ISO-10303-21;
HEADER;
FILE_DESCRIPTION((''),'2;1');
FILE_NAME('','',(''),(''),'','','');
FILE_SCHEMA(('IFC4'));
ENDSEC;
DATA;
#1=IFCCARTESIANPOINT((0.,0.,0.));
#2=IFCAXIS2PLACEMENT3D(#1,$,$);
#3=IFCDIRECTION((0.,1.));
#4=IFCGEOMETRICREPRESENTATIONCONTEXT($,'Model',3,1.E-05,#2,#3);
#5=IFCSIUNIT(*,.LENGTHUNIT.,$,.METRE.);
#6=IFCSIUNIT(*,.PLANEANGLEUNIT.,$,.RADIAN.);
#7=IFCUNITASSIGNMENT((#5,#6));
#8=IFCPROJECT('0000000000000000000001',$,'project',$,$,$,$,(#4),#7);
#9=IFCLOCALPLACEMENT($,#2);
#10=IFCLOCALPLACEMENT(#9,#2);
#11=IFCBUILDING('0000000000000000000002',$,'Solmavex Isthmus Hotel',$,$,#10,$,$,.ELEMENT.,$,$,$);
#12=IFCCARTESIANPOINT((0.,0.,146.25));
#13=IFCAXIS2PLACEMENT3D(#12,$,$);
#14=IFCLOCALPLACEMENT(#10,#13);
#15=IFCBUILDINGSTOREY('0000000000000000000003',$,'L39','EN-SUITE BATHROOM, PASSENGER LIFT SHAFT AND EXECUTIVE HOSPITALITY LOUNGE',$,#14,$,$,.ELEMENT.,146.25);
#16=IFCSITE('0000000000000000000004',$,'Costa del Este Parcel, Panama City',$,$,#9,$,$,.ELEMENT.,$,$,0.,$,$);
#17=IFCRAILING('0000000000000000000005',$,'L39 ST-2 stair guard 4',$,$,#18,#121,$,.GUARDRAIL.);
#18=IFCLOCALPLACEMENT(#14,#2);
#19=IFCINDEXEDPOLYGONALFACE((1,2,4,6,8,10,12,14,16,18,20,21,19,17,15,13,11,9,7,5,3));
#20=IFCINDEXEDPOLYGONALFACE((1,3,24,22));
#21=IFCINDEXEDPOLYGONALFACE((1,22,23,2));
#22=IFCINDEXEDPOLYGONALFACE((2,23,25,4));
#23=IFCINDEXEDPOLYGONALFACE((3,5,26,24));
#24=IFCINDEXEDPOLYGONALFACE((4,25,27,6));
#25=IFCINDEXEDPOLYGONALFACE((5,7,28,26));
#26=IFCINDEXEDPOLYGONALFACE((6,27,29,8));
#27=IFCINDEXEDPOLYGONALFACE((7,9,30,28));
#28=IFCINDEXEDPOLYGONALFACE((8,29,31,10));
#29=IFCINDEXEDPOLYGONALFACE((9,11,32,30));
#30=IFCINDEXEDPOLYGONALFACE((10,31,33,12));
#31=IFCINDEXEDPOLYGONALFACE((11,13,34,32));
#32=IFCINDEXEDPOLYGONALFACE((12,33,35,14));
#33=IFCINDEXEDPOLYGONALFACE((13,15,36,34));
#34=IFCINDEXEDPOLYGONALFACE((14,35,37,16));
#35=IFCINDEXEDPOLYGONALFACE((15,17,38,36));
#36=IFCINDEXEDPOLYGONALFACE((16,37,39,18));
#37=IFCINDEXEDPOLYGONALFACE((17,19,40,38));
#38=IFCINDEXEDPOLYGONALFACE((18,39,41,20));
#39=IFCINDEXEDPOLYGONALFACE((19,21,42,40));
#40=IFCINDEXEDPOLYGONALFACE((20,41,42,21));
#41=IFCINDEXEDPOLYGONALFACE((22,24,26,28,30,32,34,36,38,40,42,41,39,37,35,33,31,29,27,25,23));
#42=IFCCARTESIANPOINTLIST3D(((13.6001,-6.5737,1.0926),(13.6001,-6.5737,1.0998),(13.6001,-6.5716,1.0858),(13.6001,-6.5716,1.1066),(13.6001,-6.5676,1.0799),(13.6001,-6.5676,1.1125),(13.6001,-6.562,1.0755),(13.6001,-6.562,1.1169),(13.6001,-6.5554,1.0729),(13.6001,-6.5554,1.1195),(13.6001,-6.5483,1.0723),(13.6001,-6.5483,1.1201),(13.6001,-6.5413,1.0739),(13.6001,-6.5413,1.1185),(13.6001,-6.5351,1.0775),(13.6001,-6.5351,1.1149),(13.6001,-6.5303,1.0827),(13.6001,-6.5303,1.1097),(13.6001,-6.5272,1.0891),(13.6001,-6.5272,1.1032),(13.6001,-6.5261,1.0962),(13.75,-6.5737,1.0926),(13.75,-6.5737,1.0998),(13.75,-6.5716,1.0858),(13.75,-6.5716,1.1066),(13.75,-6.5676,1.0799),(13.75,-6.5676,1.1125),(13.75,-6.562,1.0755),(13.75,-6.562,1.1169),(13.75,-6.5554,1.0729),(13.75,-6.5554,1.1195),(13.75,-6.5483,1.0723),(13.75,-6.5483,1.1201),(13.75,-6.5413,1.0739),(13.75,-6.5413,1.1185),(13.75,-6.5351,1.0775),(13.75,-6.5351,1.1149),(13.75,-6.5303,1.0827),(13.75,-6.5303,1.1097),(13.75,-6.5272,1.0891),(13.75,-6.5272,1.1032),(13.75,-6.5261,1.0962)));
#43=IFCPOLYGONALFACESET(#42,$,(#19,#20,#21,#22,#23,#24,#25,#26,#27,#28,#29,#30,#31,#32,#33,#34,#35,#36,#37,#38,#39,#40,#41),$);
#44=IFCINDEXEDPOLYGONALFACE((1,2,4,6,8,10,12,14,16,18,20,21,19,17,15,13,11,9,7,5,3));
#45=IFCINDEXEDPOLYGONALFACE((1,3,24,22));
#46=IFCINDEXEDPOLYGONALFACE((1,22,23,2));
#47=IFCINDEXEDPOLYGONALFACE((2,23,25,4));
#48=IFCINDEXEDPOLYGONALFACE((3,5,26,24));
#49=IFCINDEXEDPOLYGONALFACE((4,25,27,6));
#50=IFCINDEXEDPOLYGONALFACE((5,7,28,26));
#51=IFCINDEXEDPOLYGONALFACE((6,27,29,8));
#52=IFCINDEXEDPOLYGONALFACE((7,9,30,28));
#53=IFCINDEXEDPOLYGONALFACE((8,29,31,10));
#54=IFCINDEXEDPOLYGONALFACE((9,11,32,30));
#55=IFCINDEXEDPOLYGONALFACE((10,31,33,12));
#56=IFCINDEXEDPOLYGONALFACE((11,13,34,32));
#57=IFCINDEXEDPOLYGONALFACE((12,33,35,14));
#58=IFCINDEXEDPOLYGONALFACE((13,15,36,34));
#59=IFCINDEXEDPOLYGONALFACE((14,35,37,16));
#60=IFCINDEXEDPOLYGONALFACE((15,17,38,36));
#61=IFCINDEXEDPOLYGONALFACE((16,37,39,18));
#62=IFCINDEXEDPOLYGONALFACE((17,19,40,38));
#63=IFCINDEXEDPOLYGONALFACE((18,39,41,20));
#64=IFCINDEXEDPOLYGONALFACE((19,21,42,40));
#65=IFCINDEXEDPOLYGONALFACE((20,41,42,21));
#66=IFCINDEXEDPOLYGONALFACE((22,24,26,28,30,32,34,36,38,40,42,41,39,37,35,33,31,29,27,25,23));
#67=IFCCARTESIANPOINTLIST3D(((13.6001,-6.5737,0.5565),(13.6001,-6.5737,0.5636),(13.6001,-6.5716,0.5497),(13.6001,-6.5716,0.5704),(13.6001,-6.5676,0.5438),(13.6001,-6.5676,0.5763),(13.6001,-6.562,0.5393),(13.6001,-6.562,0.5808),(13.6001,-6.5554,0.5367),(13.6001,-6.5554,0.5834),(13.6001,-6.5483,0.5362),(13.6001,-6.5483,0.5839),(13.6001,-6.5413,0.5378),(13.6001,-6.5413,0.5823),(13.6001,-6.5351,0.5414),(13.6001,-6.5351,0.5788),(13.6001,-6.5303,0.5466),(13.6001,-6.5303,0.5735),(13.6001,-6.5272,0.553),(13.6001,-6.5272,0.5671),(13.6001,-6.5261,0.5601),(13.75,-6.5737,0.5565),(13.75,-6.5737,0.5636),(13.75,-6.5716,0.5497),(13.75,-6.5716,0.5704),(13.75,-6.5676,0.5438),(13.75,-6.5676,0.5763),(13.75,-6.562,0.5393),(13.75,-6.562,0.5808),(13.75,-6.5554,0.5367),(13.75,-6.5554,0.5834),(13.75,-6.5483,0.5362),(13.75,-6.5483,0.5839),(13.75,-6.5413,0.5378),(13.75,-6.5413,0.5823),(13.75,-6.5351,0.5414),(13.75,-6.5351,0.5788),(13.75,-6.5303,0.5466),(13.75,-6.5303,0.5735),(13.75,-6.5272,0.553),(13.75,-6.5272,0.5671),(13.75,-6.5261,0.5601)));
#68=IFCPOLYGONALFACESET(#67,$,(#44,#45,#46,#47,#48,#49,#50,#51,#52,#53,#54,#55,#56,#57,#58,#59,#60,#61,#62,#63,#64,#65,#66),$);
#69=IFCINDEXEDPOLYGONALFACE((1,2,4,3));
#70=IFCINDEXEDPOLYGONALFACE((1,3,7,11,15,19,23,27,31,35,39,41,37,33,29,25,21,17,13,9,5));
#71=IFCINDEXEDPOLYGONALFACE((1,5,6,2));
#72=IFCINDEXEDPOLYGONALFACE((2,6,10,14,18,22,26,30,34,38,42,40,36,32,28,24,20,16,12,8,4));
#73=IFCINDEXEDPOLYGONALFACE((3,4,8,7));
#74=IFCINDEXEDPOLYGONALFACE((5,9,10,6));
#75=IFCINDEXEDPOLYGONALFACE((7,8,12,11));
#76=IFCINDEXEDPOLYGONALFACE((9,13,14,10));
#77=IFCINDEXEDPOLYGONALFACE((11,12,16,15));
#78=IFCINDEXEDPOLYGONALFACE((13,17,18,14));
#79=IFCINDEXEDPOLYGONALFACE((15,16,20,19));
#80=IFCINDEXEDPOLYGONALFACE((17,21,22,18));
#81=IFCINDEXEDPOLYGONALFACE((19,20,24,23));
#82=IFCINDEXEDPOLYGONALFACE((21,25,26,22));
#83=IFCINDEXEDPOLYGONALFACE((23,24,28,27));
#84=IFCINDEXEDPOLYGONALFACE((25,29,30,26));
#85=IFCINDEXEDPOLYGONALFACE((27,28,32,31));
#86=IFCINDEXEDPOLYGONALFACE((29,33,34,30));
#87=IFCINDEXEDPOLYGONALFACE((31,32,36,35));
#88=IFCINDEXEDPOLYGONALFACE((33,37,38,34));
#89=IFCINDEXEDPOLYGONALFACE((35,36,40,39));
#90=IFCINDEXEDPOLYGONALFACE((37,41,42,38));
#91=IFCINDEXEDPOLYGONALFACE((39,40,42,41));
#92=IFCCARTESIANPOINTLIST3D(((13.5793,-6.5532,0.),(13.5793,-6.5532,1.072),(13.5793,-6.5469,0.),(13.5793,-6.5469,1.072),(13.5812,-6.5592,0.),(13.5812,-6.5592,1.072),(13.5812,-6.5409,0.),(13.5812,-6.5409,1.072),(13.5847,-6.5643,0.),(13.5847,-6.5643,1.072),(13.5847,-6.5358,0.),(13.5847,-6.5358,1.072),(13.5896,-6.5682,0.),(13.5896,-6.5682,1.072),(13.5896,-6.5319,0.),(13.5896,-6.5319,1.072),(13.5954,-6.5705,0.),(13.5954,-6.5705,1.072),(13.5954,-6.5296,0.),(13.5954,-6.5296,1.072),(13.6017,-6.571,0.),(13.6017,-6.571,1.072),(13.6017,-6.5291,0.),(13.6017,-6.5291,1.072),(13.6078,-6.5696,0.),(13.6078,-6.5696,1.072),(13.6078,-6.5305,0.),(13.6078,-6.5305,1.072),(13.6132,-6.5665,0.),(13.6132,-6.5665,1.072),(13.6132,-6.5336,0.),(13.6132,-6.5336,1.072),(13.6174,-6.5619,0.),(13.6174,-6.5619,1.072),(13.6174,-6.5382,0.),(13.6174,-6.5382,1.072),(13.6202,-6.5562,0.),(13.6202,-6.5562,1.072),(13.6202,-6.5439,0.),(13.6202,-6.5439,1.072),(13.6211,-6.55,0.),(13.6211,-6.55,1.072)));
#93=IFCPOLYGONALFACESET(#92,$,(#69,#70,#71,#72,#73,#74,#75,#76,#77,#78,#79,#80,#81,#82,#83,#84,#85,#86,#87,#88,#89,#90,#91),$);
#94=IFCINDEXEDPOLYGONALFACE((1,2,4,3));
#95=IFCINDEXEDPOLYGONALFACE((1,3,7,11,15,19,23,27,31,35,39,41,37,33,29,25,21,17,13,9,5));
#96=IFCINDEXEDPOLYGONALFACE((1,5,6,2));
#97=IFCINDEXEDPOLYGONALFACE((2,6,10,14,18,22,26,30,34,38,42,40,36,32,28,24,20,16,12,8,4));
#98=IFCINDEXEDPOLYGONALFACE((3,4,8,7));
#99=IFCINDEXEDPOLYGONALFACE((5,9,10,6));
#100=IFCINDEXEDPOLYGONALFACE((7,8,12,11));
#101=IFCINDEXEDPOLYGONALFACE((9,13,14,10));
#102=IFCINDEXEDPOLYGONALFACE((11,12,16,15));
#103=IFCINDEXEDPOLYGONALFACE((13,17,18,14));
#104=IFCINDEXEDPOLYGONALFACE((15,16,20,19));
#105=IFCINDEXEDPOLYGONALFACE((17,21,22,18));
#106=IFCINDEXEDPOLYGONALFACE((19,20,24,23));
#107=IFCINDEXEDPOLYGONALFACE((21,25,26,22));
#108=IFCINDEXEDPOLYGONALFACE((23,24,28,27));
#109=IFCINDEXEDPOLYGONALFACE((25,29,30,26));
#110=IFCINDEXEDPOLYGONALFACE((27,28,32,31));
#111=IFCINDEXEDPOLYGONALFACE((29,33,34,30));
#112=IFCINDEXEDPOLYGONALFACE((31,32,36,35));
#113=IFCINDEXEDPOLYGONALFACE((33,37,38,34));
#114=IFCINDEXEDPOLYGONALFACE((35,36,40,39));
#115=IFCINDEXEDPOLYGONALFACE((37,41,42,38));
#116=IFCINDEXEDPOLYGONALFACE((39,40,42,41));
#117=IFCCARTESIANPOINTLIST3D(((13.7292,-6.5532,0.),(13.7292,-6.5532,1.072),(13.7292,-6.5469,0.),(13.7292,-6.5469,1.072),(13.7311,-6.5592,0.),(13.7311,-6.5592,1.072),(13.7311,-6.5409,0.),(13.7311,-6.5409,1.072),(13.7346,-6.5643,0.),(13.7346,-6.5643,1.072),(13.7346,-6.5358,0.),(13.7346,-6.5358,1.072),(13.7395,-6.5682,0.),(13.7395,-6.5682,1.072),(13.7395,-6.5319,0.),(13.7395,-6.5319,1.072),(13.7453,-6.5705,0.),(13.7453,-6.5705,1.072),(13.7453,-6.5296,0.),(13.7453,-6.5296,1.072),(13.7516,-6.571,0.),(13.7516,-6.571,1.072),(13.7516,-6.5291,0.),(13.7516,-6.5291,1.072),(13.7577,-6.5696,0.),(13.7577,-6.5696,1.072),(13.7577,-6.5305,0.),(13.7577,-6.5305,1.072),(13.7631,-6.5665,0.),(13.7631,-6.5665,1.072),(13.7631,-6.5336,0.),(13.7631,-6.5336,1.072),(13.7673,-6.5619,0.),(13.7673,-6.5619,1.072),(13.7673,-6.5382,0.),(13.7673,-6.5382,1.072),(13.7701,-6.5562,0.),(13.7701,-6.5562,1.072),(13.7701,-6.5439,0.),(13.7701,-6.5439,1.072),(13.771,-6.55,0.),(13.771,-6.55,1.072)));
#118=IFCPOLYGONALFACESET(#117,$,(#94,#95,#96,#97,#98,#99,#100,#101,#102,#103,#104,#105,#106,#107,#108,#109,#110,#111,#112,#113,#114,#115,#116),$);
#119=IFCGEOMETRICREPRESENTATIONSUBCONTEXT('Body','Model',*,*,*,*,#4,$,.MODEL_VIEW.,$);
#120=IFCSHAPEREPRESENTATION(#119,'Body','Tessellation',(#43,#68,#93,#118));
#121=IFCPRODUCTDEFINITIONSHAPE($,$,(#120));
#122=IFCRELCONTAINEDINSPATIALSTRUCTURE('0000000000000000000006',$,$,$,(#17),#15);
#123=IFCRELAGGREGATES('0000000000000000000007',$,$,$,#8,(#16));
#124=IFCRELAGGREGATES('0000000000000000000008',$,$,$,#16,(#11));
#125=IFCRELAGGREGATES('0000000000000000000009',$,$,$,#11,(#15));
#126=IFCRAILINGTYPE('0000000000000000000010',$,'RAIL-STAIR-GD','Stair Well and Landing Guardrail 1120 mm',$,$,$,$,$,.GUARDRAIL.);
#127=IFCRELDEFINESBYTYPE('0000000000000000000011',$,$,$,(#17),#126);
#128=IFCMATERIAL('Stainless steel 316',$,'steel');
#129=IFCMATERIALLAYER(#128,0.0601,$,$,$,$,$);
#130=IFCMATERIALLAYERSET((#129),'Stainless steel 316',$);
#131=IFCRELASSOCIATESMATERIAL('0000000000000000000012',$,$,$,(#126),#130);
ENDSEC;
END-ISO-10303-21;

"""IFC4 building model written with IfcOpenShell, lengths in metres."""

from ifc_helpers import new_model, si_unit, direction, frame, origin, origin_2d, place, context, subcontext, project, spatial, circle, extrude, material, layer, layer_set, type_object, element, save


model = new_model("IFC4")

# Units and contexts
model_context = context("Model", 3, precision=1e-05, world=origin(), true_north=direction((0.0, 1.0)))
body_context = subcontext(model_context, "Body", "Model", "MODEL_VIEW")
ifc_project = project(units=[si_unit("LENGTHUNIT", "METRE"), si_unit("PLANEANGLEUNIT", "RADIAN")], contexts=[model_context])

# Site, building, storey
site_placement = place(None, origin())
site = spatial("IfcSite", under=ifc_project, at=site_placement, Name="Costa del Este Parcel, Panama City", CompositionType="ELEMENT", RefElevation=0.0)
building_placement = place(site_placement, origin())
building = spatial("IfcBuilding", under=site, at=building_placement, Name="Solmavex Isthmus Hotel", CompositionType="ELEMENT")
storey_placement = place(building_placement, frame((0.0, 0.0, 146.25)))
storey = spatial("IfcBuildingStorey", under=building, at=storey_placement, Name="L39", Description="EN-SUITE BATHROOM, PASSENGER LIFT SHAFT AND EXECUTIVE HOSPITALITY LOUNGE", CompositionType="ELEMENT", Elevation=146.25)

# Shared definitions
ifc_material_1 = material(Name="Stainless steel 316", Category="steel")

# Railing
ifc_layer_1 = layer(ifc_material_1, 0.0601)
ifc_layer_set_1 = layer_set([ifc_layer_1], Name="Stainless steel 316")
railing_type_1 = type_object("IfcRailingType", Name="RAIL-STAIR-GD", Description="Stair Well and Landing Guardrail 1120 mm", PredefinedType="GUARDRAIL", material=ifc_layer_set_1)
for number, where, name in (
    (1, (13.6001, -6.55, 0.0), "L39 ST-2 stair guard 4"),
):
    element("IfcRailing", number, at=place(storey_placement, frame(where)), inside=storey, type_object=railing_type_1, Name=name, PredefinedType="GUARDRAIL", context=body_context, shape_type="SweptSolid", body=[
        extrude(circle(Radius=0.0239, at=origin_2d()), frame((0.0, 0.0, 1.0962), z_axis=(1.0, 0.0, 0.0), x_axis=(0.0, 1.0, 0.0)), (0.0, 0.0, 1.0), 0.1499),
        extrude(circle(Radius=0.0239, at=origin_2d()), frame((0.0, 0.0, 0.5601), z_axis=(1.0, 0.0, 0.0), x_axis=(0.0, 1.0, 0.0)), (0.0, 0.0, 1.0), 0.1499),
        extrude(circle(Radius=0.021, at=origin_2d()), origin(), (0.0, 0.0, 1.0), 1.072),
        extrude(circle(Radius=0.021, at=origin_2d()), frame((0.1499, 0.0, 0.0)), (0.0, 0.0, 1.0), 1.072),
    ])

save(model, "model.ifc")
